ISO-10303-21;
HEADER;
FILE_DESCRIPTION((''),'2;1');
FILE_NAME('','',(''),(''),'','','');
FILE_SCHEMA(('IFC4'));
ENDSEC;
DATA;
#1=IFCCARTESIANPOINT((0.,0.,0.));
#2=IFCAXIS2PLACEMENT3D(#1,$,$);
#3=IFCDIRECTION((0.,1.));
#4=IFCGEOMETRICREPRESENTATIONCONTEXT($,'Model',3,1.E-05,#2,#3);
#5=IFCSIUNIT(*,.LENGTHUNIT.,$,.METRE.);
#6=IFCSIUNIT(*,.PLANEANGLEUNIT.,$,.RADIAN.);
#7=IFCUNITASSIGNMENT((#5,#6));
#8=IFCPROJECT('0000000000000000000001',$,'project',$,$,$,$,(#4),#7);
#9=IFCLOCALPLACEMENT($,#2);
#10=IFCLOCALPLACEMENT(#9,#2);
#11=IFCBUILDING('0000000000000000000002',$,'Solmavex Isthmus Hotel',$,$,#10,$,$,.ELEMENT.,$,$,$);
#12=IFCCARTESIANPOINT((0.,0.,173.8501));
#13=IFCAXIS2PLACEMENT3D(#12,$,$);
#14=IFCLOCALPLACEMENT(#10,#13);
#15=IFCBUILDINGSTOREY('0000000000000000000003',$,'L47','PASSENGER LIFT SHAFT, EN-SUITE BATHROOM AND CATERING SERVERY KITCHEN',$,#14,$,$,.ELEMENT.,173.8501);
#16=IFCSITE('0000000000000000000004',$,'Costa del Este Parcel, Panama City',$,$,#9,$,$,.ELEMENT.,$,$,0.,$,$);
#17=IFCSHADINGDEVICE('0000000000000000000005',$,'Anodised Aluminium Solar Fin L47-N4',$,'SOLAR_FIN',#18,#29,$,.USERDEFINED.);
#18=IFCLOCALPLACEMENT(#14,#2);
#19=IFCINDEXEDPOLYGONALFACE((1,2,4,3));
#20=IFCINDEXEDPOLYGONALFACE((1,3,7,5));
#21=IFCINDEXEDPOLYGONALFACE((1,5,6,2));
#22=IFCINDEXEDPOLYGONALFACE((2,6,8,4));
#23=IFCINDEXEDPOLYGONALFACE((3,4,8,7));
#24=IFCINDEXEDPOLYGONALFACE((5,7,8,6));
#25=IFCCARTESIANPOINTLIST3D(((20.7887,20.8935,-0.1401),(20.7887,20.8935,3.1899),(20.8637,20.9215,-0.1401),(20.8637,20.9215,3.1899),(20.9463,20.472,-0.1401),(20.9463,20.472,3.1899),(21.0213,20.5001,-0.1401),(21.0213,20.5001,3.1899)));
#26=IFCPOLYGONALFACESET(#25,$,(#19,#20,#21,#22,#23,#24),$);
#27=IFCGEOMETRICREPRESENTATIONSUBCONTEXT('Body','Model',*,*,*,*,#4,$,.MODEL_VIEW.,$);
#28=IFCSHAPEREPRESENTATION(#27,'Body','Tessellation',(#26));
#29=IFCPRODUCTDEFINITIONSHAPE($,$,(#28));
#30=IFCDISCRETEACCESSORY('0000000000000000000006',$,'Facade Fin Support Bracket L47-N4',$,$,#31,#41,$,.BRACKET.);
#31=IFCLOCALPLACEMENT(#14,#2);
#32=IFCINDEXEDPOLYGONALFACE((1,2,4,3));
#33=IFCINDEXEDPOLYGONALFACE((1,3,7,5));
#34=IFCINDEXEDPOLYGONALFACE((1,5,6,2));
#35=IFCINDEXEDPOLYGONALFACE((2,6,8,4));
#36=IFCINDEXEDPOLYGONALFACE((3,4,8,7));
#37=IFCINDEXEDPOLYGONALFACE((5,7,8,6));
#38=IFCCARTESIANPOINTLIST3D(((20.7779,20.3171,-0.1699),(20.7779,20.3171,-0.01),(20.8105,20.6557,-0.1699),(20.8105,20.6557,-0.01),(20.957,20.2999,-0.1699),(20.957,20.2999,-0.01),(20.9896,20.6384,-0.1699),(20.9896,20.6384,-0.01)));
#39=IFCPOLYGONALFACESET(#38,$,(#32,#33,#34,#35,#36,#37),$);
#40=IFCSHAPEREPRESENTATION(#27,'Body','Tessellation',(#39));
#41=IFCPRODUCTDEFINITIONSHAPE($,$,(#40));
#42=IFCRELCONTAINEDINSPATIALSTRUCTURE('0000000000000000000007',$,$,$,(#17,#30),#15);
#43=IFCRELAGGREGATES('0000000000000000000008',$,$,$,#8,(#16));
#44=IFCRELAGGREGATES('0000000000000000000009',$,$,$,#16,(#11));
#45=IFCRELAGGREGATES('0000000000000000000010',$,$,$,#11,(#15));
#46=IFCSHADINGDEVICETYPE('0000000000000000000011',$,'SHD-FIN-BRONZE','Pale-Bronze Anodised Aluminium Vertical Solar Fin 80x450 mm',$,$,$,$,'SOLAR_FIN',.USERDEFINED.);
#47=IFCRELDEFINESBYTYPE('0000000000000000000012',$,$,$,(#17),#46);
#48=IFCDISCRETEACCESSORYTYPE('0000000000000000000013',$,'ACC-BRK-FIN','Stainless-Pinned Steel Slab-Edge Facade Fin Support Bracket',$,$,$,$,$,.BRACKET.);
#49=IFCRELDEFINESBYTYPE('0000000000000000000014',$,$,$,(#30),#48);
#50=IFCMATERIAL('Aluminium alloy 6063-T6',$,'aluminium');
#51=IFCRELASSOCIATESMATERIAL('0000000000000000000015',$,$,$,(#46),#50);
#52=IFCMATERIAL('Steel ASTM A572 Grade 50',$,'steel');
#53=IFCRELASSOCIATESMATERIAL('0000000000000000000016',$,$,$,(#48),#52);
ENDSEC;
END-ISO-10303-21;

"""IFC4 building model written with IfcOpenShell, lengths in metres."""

from ifc_helpers import new_model, si_unit, direction, frame, origin, origin_2d, place, context, subcontext, project, spatial, rectangle, extrude, material, type_object, element, save


model = new_model("IFC4")

# Units and contexts
model_context = context("Model", 3, precision=1e-05, world=origin(), true_north=direction((0.0, 1.0)))
body_context = subcontext(model_context, "Body", "Model", "MODEL_VIEW")
ifc_project = project(units=[si_unit("LENGTHUNIT", "METRE"), si_unit("PLANEANGLEUNIT", "RADIAN")], contexts=[model_context])

# Site, building, storey
site_placement = place(None, origin())
site = spatial("IfcSite", under=ifc_project, at=site_placement, Name="Costa del Este Parcel, Panama City", CompositionType="ELEMENT", RefElevation=0.0)
building_placement = place(site_placement, origin())
building = spatial("IfcBuilding", under=site, at=building_placement, Name="Solmavex Isthmus Hotel", CompositionType="ELEMENT")
storey_placement = place(building_placement, frame((0.0, 0.0, 173.8501)))
storey = spatial("IfcBuildingStorey", under=building, at=storey_placement, Name="L47", Description="PASSENGER LIFT SHAFT, EN-SUITE BATHROOM AND CATERING SERVERY KITCHEN", CompositionType="ELEMENT", Elevation=173.8501)

# Shared definitions
ifc_material_1 = material(Name="Aluminium alloy 6063-T6", Category="aluminium")

# Shading device
shading_device_type = type_object("IfcShadingDeviceType", Name="SHD-FIN-BRONZE", Description="Pale-Bronze Anodised Aluminium Vertical Solar Fin 80x450 mm", ElementType="SOLAR_FIN", PredefinedType="USERDEFINED", material=ifc_material_1)
shading_device_placement = place(storey_placement, frame((20.905, 20.6968, -0.1401), z_axis=(0.0, 0.0, 1.0), x_axis=(-0.350207, 0.936672, 0.0)))
element("IfcShadingDevice", 1, at=shading_device_placement, inside=storey, type_object=shading_device_type, Name="Anodised Aluminium Solar Fin L47-N4", ObjectType="SOLAR_FIN", PredefinedType="USERDEFINED", context=body_context, shape_type="SweptSolid", body=[
    extrude(rectangle(XDim=0.45, YDim=0.0801, at=origin_2d()), origin(), (0.0, 0.0, 1.0), 3.3301),
])

# Discrete accessory
ifc_material_2 = material(Name="Steel ASTM A572 Grade 50", Category="steel")
discrete_accessory_type = type_object("IfcDiscreteAccessoryType", Name="ACC-BRK-FIN", Description="Stainless-Pinned Steel Slab-Edge Facade Fin Support Bracket", PredefinedType="BRACKET", material=ifc_material_2)
discrete_accessory_placement = place(storey_placement, frame((20.8838, 20.4778, -0.1699), z_axis=(0.0, 0.0, 1.0), x_axis=(0.095846, 0.995396, 0.0)))
element("IfcDiscreteAccessory", 2, at=discrete_accessory_placement, inside=storey, type_object=discrete_accessory_type, Name="Facade Fin Support Bracket L47-N4", PredefinedType="BRACKET", context=body_context, shape_type="SweptSolid", body=[
    extrude(rectangle(XDim=0.3401, YDim=0.1799, at=origin_2d()), origin(), (0.0, 0.0, 1.0), 0.1599),
])

save(model, "model.ifc")
